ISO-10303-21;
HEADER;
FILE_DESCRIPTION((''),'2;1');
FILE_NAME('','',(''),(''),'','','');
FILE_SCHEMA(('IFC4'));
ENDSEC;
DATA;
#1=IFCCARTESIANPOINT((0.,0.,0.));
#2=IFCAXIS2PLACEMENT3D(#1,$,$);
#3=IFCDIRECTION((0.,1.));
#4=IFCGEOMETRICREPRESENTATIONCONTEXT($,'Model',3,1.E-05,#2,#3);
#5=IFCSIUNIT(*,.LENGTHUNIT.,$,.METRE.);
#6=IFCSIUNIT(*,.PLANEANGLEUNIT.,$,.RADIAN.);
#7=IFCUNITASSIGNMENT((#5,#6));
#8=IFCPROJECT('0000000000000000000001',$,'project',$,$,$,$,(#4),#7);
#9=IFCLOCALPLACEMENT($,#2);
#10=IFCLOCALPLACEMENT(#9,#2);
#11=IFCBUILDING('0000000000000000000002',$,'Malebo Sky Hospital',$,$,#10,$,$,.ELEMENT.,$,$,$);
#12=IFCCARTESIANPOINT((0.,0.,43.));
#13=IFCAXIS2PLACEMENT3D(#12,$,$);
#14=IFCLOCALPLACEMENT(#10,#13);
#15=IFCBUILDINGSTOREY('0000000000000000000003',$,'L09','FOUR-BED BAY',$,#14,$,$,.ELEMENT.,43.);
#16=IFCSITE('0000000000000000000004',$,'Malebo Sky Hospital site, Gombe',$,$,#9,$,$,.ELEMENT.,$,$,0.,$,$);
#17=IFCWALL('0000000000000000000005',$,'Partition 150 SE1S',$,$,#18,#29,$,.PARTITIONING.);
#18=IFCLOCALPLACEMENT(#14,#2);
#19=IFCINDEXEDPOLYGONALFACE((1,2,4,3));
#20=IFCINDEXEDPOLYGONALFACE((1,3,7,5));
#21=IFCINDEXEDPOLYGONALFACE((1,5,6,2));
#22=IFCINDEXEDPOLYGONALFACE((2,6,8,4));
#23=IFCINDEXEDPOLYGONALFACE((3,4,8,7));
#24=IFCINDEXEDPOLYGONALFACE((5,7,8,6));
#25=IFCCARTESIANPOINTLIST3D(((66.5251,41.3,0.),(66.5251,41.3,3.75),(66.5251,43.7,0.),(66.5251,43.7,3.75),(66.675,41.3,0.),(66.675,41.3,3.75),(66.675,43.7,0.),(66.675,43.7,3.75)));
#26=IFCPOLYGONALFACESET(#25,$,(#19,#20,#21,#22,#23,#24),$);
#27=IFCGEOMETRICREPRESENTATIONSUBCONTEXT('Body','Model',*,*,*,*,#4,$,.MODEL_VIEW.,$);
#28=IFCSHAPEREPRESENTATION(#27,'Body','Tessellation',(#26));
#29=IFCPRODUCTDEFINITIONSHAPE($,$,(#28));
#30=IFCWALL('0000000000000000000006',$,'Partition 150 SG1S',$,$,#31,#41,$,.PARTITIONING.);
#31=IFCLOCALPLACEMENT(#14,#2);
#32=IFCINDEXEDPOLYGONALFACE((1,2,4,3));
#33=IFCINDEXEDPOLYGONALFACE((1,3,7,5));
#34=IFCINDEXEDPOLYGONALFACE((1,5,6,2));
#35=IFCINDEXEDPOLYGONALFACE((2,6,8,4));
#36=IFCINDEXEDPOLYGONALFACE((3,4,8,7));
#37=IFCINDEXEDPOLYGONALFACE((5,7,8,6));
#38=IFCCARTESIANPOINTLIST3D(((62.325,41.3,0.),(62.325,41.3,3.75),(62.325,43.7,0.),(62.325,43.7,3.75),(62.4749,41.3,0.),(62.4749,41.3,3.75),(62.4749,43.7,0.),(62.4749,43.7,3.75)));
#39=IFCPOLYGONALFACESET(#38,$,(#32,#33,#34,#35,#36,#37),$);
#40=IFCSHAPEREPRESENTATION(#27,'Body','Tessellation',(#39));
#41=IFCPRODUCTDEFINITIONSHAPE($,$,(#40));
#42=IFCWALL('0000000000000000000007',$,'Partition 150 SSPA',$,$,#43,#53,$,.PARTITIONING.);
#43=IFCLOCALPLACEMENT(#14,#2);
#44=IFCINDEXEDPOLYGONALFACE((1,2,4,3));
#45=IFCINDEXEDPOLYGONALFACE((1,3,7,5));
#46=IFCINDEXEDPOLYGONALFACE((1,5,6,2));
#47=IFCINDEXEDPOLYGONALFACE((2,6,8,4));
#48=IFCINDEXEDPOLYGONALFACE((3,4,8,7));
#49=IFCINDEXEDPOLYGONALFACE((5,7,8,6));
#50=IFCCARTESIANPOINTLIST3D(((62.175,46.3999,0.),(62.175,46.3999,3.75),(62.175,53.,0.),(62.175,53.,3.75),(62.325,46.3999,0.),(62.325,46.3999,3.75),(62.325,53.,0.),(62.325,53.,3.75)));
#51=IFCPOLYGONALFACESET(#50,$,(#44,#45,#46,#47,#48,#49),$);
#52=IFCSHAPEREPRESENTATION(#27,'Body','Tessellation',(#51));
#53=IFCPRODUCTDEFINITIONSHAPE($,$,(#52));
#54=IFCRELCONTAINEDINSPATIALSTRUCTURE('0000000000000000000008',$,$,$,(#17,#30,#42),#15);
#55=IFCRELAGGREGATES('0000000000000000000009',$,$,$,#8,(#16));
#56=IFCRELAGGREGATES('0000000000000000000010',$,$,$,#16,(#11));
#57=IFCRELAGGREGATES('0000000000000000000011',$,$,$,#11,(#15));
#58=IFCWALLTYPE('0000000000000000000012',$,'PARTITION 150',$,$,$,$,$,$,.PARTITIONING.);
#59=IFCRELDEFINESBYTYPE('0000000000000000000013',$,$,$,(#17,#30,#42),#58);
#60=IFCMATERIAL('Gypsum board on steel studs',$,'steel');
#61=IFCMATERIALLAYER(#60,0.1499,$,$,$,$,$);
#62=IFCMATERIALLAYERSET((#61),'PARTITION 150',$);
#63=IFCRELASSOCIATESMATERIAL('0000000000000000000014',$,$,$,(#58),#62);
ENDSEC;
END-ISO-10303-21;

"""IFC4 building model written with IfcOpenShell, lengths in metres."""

from ifc_helpers import new_model, si_unit, direction, frame, frame_2d, origin, place, context, subcontext, project, spatial, rectangle, extrude, material, layer, layer_set, type_object, element, save


model = new_model("IFC4")

# Units and contexts
model_context = context("Model", 3, precision=1e-05, world=origin(), true_north=direction((0.0, 1.0)))
body_context = subcontext(model_context, "Body", "Model", "MODEL_VIEW")
ifc_project = project(units=[si_unit("LENGTHUNIT", "METRE"), si_unit("PLANEANGLEUNIT", "RADIAN")], contexts=[model_context])

# Site, building, storey
site_placement = place(None, origin())
site = spatial("IfcSite", under=ifc_project, at=site_placement, Name="Malebo Sky Hospital site, Gombe", CompositionType="ELEMENT", RefElevation=0.0)
building_placement = place(site_placement, origin())
building = spatial("IfcBuilding", under=site, at=building_placement, Name="Malebo Sky Hospital", CompositionType="ELEMENT")
storey_placement = place(building_placement, frame((0.0, 0.0, 43.0)))
storey = spatial("IfcBuildingStorey", under=building, at=storey_placement, Name="L09", Description="FOUR-BED BAY", CompositionType="ELEMENT", Elevation=43.0)

# Shared definitions
ifc_material_1 = material(Name="Gypsum board on steel studs", Category="steel")
ifc_layer = layer(ifc_material_1, 0.1499)
ifc_layer_set = layer_set([ifc_layer], Name="PARTITION 150")
wall_type = type_object("IfcWallType", Name="PARTITION 150", PredefinedType="PARTITIONING", material=ifc_layer_set)

# Walls
for number, where, z_axis, x_axis, name in (
    (1, (66.6001, 43.7, 0.0), (0.0, 0.0, 1.0), (0.0, -1.0, 0.0), "Partition 150 SE1S"),
    (2, (62.3999, 43.7, 0.0), (0.0, 0.0, 1.0), (0.0, -1.0, 0.0), "Partition 150 SG1S"),
):
    element("IfcWall", number, at=place(storey_placement, frame(where, z_axis=z_axis, x_axis=x_axis)), inside=storey, type_object=wall_type, Name=name, PredefinedType="PARTITIONING", context=body_context, shape_type="SweptSolid", body=[
        extrude(rectangle(XDim=2.3999, YDim=0.1499, at=frame_2d((1.2, 0.0))), origin(), (0.0, 0.0, 1.0), 3.75),
    ])
wall_1_placement = place(storey_placement, frame((62.25, 53.0, 0.0), z_axis=(0.0, 0.0, 1.0), x_axis=(0.0, -1.0, 0.0)))
element("IfcWall", 3, at=wall_1_placement, inside=storey, type_object=wall_type, Name="Partition 150 SSPA", PredefinedType="PARTITIONING", context=body_context, shape_type="SweptSolid", body=[
    extrude(rectangle(XDim=6.6001, YDim=0.1499, at=frame_2d((3.3, 0.0))), origin(), (0.0, 0.0, 1.0), 3.75),
])

save(model, "model.ifc")
